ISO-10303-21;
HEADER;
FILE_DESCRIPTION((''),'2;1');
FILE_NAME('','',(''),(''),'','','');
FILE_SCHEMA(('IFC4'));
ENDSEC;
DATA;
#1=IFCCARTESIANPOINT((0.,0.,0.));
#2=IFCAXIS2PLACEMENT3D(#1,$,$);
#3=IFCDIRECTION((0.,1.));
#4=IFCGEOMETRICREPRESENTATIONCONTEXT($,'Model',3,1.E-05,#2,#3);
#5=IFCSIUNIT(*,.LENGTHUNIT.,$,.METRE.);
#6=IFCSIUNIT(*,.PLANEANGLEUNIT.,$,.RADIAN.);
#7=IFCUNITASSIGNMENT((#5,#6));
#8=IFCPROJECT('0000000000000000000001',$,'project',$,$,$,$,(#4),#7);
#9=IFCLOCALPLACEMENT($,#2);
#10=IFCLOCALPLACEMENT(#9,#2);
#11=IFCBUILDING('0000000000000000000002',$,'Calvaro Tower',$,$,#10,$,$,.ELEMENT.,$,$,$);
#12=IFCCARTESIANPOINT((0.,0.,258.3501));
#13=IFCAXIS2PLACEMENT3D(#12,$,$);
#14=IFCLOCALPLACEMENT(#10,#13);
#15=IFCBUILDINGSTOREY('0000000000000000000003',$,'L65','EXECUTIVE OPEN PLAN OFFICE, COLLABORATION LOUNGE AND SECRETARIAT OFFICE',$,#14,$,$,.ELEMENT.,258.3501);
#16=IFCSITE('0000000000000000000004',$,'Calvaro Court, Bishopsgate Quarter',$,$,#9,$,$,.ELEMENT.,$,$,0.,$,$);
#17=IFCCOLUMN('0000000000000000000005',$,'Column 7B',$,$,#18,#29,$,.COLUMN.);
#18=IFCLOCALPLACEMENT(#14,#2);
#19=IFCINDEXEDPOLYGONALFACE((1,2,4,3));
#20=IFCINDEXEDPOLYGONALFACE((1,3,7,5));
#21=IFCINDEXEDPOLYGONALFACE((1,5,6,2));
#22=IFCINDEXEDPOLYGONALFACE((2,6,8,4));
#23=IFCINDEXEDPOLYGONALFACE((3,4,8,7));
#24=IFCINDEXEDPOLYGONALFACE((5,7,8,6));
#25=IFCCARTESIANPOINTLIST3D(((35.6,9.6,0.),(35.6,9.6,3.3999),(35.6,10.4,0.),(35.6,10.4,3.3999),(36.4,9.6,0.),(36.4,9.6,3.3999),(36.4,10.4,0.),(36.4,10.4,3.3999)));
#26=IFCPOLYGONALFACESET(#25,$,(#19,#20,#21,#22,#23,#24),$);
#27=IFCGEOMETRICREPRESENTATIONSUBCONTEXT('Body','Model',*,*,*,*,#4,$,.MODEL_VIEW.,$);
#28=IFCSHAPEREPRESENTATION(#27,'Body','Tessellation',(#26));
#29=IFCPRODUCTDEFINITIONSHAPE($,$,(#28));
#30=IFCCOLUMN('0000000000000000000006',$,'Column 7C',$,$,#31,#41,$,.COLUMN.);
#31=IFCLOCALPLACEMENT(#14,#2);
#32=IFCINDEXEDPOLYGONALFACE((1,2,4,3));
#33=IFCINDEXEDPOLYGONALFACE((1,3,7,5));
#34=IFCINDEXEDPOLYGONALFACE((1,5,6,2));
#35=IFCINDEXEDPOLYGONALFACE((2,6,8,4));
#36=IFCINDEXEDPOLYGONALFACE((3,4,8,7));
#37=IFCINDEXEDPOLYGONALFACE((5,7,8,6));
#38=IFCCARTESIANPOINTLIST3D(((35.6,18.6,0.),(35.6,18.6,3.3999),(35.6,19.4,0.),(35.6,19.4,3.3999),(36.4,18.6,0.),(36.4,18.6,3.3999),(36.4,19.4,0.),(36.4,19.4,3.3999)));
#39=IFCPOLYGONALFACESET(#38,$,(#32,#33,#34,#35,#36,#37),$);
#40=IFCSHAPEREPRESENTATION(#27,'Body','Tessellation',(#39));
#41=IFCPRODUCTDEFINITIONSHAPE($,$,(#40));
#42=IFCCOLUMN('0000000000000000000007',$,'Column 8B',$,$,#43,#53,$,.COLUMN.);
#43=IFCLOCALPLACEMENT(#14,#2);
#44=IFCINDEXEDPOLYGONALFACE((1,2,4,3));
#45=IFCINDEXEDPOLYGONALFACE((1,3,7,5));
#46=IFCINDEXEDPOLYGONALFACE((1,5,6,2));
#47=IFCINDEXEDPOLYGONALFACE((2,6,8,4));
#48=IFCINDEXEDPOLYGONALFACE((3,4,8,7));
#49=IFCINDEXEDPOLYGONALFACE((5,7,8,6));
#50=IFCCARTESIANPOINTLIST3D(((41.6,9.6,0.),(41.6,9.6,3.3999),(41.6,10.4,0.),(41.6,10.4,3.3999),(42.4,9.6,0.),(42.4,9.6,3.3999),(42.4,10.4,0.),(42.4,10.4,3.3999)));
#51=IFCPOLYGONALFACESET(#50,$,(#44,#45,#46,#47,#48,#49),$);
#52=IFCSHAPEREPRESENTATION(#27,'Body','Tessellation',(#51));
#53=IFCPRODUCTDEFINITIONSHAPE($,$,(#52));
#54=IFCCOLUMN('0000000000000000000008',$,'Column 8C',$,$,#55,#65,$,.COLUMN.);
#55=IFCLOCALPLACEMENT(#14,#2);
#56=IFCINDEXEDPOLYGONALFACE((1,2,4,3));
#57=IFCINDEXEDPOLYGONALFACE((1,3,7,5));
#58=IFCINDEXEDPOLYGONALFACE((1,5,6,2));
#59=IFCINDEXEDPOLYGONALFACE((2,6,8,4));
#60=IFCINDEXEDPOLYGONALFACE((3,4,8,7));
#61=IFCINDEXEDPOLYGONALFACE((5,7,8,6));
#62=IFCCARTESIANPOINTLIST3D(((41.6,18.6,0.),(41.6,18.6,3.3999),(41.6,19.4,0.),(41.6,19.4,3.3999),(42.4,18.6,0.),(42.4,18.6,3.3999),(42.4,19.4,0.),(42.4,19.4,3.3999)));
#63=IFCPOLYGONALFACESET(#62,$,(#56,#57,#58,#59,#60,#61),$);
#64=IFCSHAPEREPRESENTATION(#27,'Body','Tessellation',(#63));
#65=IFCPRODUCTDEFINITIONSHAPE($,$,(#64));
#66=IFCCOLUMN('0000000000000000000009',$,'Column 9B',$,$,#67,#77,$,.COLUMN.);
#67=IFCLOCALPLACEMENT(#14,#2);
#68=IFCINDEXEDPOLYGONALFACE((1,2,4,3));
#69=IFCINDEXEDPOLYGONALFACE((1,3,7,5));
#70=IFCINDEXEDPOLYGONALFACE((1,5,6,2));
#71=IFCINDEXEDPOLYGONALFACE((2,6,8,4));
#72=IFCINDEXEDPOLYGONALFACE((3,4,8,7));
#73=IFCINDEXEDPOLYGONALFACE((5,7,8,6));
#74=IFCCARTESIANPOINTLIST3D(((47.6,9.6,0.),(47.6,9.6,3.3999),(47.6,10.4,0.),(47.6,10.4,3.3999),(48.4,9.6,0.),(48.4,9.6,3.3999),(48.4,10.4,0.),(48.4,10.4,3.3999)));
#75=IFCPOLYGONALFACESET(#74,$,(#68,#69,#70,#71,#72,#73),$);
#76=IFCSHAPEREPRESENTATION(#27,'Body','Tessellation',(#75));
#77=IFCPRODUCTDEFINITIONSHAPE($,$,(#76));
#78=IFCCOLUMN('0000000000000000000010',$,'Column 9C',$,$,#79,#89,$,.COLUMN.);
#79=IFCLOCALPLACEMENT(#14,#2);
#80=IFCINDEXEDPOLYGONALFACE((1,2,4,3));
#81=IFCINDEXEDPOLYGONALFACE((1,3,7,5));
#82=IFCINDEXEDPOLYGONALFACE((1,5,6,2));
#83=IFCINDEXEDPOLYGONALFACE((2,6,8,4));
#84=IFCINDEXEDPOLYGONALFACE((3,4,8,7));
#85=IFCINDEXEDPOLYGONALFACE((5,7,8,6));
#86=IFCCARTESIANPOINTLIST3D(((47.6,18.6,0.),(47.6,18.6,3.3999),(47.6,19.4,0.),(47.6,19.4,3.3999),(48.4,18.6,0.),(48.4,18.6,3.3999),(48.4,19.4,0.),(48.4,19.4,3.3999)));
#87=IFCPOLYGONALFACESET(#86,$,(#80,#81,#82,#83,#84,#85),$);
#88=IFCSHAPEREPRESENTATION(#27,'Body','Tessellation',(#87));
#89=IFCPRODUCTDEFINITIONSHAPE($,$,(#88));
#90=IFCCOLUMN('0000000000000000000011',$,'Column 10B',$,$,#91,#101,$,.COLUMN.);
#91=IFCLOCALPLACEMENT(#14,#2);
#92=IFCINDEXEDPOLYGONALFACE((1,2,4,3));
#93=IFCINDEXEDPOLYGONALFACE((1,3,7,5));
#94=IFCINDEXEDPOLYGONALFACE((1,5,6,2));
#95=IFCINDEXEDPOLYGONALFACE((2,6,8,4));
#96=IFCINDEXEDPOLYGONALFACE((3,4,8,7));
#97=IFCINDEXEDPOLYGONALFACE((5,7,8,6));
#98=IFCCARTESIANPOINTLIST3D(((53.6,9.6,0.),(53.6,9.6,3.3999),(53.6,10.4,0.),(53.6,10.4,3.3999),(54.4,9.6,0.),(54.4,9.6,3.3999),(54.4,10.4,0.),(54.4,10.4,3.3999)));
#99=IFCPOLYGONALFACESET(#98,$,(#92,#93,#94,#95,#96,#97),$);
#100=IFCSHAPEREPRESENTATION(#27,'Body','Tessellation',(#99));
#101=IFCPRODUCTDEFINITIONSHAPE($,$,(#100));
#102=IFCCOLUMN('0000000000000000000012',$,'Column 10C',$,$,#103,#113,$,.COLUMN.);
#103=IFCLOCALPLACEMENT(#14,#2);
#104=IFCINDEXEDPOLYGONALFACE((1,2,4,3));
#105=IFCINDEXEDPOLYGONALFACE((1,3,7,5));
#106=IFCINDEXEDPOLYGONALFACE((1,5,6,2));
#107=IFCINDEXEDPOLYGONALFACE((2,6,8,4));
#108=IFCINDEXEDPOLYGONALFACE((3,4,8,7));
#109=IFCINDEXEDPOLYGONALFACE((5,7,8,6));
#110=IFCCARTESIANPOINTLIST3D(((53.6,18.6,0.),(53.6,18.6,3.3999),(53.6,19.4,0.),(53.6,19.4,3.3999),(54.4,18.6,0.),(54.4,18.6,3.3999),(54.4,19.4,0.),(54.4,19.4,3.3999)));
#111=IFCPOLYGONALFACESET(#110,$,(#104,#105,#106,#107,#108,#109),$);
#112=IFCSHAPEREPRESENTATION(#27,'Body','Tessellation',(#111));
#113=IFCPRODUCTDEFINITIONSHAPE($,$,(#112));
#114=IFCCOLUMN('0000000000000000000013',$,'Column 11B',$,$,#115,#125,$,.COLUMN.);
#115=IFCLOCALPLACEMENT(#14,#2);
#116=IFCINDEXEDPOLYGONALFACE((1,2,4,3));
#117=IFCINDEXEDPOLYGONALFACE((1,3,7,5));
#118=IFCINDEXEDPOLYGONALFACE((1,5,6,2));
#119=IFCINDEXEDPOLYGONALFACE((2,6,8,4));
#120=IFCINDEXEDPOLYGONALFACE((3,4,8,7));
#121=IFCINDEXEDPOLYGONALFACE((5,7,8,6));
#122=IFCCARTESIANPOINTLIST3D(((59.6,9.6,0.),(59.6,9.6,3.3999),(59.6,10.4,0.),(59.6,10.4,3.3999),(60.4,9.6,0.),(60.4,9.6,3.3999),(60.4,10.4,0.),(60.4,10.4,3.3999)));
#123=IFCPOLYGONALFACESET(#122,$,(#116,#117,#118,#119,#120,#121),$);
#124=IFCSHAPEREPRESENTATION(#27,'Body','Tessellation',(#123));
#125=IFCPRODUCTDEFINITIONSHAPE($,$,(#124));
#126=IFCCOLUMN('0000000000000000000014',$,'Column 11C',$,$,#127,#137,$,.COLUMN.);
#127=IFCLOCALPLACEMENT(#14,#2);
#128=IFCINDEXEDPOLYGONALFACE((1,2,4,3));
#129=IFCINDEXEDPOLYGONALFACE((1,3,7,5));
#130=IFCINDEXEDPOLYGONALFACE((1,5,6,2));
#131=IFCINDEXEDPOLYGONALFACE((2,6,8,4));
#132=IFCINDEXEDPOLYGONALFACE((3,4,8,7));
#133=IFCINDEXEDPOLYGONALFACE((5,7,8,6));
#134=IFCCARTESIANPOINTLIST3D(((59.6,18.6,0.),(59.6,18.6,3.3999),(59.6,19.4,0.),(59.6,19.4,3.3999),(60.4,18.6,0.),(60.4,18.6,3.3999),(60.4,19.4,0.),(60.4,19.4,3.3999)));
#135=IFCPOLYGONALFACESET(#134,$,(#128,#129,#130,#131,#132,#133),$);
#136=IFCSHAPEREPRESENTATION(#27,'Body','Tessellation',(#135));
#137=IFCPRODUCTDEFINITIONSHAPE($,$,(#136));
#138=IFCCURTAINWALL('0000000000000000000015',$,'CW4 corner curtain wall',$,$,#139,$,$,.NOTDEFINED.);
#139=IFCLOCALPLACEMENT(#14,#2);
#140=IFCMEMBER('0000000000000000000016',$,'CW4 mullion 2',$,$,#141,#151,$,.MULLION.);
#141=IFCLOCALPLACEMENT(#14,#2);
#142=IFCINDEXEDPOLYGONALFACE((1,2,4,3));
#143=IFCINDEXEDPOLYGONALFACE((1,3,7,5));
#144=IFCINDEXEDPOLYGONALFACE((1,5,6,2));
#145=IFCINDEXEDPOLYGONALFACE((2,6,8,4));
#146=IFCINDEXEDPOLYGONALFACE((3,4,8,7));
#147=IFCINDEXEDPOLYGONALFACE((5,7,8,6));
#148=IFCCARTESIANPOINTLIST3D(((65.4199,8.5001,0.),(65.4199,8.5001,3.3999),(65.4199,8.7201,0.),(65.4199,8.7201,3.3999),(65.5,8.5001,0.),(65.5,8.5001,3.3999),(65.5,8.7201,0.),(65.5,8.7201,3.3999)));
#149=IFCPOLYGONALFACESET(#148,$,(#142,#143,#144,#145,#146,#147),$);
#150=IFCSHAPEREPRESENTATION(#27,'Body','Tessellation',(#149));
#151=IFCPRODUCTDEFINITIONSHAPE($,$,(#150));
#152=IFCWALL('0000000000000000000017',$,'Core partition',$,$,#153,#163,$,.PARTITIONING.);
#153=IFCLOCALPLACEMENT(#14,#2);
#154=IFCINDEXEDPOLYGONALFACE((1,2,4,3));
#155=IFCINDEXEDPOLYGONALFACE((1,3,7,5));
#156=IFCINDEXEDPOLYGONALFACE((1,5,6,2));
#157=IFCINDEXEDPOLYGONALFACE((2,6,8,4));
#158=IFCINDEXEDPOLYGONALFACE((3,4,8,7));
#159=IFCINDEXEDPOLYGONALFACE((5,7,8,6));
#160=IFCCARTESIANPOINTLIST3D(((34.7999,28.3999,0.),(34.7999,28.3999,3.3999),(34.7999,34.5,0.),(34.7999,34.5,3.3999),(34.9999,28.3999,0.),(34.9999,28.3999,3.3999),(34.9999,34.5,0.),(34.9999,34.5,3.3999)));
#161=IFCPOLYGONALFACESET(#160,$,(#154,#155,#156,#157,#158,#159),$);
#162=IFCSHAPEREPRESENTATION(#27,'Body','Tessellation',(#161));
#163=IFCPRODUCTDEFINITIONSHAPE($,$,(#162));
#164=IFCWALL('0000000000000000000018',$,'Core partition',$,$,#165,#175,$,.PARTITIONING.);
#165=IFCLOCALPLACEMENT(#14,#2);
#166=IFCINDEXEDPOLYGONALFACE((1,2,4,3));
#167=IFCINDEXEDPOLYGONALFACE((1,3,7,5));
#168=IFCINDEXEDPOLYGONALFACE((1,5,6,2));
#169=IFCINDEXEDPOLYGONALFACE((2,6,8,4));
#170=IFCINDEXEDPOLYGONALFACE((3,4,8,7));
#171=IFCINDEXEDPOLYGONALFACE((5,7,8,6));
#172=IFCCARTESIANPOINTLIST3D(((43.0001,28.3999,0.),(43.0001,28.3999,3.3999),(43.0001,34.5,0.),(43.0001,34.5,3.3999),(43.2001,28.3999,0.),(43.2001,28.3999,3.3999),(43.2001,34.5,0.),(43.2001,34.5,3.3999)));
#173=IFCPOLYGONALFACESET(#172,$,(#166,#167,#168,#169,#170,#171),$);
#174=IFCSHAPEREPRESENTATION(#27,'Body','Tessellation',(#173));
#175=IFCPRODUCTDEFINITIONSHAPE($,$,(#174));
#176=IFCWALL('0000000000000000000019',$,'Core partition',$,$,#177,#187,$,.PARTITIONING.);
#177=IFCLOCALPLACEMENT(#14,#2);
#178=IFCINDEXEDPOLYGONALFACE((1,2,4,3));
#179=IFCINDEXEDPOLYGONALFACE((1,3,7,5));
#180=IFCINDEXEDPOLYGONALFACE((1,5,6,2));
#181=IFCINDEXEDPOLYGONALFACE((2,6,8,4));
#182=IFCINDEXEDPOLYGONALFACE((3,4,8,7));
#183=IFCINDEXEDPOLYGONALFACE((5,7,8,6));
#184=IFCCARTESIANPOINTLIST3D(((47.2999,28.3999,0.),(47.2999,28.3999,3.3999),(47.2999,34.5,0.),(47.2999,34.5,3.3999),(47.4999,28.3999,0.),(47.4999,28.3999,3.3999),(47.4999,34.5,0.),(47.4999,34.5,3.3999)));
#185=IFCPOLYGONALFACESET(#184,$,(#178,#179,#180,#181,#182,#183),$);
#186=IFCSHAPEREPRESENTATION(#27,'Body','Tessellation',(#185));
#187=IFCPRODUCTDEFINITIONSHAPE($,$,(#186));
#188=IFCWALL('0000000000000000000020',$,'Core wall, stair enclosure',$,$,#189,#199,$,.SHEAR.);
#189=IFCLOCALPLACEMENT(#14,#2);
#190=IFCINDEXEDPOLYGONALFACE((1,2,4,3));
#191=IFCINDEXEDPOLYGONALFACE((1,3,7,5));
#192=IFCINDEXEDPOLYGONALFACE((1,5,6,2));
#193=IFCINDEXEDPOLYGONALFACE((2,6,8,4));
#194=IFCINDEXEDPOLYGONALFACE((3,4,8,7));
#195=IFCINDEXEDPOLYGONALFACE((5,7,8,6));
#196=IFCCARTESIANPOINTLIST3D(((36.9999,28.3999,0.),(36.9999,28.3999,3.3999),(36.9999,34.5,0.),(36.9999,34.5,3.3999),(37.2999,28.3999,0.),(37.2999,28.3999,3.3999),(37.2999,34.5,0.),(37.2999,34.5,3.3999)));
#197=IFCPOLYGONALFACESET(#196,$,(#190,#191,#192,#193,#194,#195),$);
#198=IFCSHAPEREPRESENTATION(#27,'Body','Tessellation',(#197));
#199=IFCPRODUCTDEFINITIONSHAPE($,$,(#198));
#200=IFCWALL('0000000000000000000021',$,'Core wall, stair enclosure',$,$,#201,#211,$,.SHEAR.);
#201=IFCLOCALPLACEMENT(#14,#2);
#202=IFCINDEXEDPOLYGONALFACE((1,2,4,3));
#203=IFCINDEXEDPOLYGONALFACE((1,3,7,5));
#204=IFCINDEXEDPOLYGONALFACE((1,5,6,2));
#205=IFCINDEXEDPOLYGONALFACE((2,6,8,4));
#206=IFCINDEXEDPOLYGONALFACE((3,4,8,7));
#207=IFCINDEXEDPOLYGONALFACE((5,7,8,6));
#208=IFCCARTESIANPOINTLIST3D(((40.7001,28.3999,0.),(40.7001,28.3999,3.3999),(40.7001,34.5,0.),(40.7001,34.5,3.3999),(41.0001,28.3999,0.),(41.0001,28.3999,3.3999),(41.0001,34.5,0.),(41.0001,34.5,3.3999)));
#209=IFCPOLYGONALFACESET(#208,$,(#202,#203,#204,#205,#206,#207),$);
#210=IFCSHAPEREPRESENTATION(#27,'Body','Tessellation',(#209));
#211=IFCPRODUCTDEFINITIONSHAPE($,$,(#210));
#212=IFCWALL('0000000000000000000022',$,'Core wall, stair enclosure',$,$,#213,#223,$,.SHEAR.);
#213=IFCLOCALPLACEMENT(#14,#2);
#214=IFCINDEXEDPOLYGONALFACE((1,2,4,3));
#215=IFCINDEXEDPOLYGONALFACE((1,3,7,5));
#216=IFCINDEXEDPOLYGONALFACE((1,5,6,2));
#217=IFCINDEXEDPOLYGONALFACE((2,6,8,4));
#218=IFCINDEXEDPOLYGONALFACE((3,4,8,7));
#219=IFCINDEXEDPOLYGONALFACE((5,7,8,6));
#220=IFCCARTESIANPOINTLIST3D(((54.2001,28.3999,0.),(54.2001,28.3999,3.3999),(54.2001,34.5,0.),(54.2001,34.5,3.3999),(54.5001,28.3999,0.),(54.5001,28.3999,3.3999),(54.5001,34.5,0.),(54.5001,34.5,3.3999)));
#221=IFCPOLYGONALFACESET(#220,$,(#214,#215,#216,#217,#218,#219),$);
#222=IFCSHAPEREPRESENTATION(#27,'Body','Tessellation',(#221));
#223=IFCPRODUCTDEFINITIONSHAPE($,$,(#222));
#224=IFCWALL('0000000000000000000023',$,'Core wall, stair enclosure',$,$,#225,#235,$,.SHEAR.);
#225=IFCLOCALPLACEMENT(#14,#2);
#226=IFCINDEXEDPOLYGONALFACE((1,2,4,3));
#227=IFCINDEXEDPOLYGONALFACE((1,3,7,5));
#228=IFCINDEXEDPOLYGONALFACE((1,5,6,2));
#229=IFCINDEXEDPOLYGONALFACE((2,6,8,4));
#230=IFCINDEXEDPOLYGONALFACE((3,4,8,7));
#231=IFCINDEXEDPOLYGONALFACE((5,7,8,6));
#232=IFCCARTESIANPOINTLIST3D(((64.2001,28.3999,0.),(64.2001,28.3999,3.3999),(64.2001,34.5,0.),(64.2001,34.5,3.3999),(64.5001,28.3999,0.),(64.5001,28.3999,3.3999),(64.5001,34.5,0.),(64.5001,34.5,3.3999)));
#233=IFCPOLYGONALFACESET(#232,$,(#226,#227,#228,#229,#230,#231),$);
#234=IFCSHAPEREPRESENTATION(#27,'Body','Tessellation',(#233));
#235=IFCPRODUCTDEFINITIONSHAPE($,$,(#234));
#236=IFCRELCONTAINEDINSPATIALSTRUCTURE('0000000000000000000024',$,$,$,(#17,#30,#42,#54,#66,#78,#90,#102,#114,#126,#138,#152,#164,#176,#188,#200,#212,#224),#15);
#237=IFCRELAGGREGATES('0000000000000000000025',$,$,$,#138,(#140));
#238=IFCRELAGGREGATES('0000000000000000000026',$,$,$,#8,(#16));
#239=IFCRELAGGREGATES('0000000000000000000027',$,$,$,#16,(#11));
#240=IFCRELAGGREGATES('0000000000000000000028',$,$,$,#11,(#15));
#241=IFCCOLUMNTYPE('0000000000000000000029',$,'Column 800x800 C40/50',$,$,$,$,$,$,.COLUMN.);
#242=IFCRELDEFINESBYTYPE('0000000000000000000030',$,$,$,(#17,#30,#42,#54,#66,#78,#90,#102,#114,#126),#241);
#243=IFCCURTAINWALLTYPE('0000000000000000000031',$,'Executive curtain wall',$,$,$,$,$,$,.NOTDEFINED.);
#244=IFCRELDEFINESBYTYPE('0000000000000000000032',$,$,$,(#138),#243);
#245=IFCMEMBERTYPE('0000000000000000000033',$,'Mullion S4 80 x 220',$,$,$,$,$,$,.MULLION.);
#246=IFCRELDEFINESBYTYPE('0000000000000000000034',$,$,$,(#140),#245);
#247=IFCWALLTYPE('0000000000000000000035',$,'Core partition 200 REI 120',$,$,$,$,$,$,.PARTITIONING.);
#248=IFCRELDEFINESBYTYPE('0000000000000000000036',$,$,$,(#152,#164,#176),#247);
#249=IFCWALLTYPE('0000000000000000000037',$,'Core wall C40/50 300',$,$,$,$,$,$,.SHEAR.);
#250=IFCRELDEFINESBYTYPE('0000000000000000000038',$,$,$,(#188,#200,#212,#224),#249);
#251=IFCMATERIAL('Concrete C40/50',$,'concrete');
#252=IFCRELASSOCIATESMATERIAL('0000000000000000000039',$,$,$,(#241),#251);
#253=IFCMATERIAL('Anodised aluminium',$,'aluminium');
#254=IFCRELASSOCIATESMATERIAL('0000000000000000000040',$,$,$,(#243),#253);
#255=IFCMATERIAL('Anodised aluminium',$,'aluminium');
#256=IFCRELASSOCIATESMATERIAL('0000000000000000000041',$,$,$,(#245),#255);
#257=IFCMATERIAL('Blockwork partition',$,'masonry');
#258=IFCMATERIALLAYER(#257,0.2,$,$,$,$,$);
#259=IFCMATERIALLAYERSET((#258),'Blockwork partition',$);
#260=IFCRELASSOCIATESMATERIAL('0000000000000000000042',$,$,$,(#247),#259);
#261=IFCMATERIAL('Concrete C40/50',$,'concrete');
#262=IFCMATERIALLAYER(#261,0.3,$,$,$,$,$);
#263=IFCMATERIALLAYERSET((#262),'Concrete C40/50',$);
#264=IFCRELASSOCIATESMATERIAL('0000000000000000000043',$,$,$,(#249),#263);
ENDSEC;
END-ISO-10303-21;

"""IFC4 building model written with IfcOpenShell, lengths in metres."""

from ifc_helpers import new_model, si_unit, direction, frame, frame_2d, origin, origin_2d, place, context, subcontext, project, spatial, rectangle, extrude, material, layer, layer_set, material_profile, profile_set, type_object, element, aggregate, save


model = new_model("IFC4")

# Units and contexts
model_context = context("Model", 3, precision=1e-05, world=origin(), true_north=direction((0.0, 1.0)))
body_context = subcontext(model_context, "Body", "Model", "MODEL_VIEW")
ifc_project = project(units=[si_unit("LENGTHUNIT", "METRE"), si_unit("PLANEANGLEUNIT", "RADIAN")], contexts=[model_context])

# Site, building, storey
site_placement = place(None, origin())
site = spatial("IfcSite", under=ifc_project, at=site_placement, Name="Calvaro Court, Bishopsgate Quarter", CompositionType="ELEMENT", RefElevation=0.0)
building_placement = place(site_placement, origin())
building = spatial("IfcBuilding", under=site, at=building_placement, Name="Calvaro Tower", CompositionType="ELEMENT")
storey_placement = place(building_placement, frame((0.0, 0.0, 258.3501)))
storey = spatial("IfcBuildingStorey", under=building, at=storey_placement, Name="L65", Description="EXECUTIVE OPEN PLAN OFFICE, COLLABORATION LOUNGE AND SECRETARIAT OFFICE", CompositionType="ELEMENT", Elevation=258.3501)

# Columns
ifc_material_1 = material(Name="Concrete C40/50", Category="concrete")
ifc_material_profile_1 = material_profile(ifc_material_1, rectangle(XDim=0.8, YDim=0.8, at=origin_2d()), Name="RC 800x800")
ifc_profile_set_1 = profile_set([ifc_material_profile_1], Name="Concrete C40/50")
column_type = type_object("IfcColumnType", Name="Column 800x800 C40/50", PredefinedType="COLUMN", material=ifc_profile_set_1)
for number, where, z_axis, x_axis, name in (
    (1, (36.0, 10.0, 0.0), (0.0, 0.0, 1.0), (1.0, 0.0, 0.0), "Column 7B"),
    (2, (36.0, 19.0, 0.0), (0.0, 0.0, 1.0), (1.0, 0.0, 0.0), "Column 7C"),
    (3, (42.0, 10.0, 0.0), (0.0, 0.0, 1.0), (1.0, 0.0, 0.0), "Column 8B"),
    (4, (42.0, 19.0, 0.0), (0.0, 0.0, 1.0), (1.0, 0.0, 0.0), "Column 8C"),
    (5, (48.0, 10.0, 0.0), (0.0, 0.0, 1.0), (1.0, 0.0, 0.0), "Column 9B"),
    (6, (48.0, 19.0, 0.0), (0.0, 0.0, 1.0), (1.0, 0.0, 0.0), "Column 9C"),
    (7, (54.0, 10.0, 0.0), (0.0, 0.0, 1.0), (1.0, 0.0, 0.0), "Column 10B"),
    (8, (54.0, 19.0, 0.0), (0.0, 0.0, 1.0), (1.0, 0.0, 0.0), "Column 10C"),
    (9, (60.0, 10.0, 0.0), (0.0, 0.0, 1.0), (1.0, 0.0, 0.0), "Column 11B"),
    (10, (60.0, 19.0, 0.0), (0.0, 0.0, 1.0), (1.0, 0.0, 0.0), "Column 11C"),
):
    element("IfcColumn", number, at=place(storey_placement, frame(where, z_axis=z_axis, x_axis=x_axis)), inside=storey, type_object=column_type, Name=name, PredefinedType="COLUMN", context=body_context, shape_type="SweptSolid", body=[
        extrude(rectangle(XDim=0.8, YDim=0.8, at=origin_2d()), origin(), (0.0, 0.0, 1.0), 3.3999),
    ])

# Curtain wall, member
ifc_material_2 = material(Name="Anodised aluminium", Category="aluminium")
curtain_wall_type = type_object("IfcCurtainWallType", Name="Executive curtain wall", PredefinedType="NOTDEFINED", material=ifc_material_2)
curtain_wall_placement = place(storey_placement, origin())
curtain_wall = element("IfcCurtainWall", 11, at=curtain_wall_placement, inside=storey, type_object=curtain_wall_type, Name="CW4 corner curtain wall", PredefinedType="NOTDEFINED")
ifc_material_3 = material(Name="Anodised aluminium", Category="aluminium")
ifc_material_profile_2 = material_profile(ifc_material_3, rectangle(XDim=0.22, YDim=0.0801, at=origin_2d()), Name="Mullion S4 80 x 220")
ifc_profile_set_2 = profile_set([ifc_material_profile_2], Name="Anodised aluminium")
member_type = type_object("IfcMemberType", Name="Mullion S4 80 x 220", PredefinedType="MULLION", material=ifc_profile_set_2)
member_placement = place(storey_placement, frame((65.46, 8.6101, 0.0), z_axis=(0.0, 0.0, 1.0), x_axis=(0.0, 1.0, 0.0)))
member = element("IfcMember", 12, at=member_placement, type_object=member_type, Name="CW4 mullion 2", PredefinedType="MULLION", context=body_context, shape_type="SweptSolid", body=[
    extrude(rectangle(XDim=0.22, YDim=0.0801, at=origin_2d()), origin(), (0.0, 0.0, 1.0), 3.3999),
])
aggregate(curtain_wall, [member])

# Walls
ifc_material_4 = material(Name="Blockwork partition", Category="masonry")
ifc_layer_1 = layer(ifc_material_4, 0.2)
ifc_layer_set_1 = layer_set([ifc_layer_1], Name="Blockwork partition")
wall_type_1 = type_object("IfcWallType", Name="Core partition 200 REI 120", PredefinedType="PARTITIONING", material=ifc_layer_set_1)
for number, where, z_axis, x_axis, name in (
    (13, (34.8999, 28.3999, 0.0), (0.0, 0.0, 1.0), (0.0, 1.0, 0.0), "Core partition"),
    (14, (43.1001, 28.3999, 0.0), (0.0, 0.0, 1.0), (0.0, 1.0, 0.0), "Core partition"),
    (15, (47.3999, 28.3999, 0.0), (0.0, 0.0, 1.0), (0.0, 1.0, 0.0), "Core partition"),
):
    element("IfcWall", number, at=place(storey_placement, frame(where, z_axis=z_axis, x_axis=x_axis)), inside=storey, type_object=wall_type_1, Name=name, PredefinedType="PARTITIONING", context=body_context, shape_type="SweptSolid", body=[
        extrude(rectangle(XDim=6.1001, YDim=0.2, at=frame_2d((3.05, 0.0))), origin(), (0.0, 0.0, 1.0), 3.3999),
    ])
ifc_material_5 = material(Name="Concrete C40/50", Category="concrete")
ifc_layer_2 = layer(ifc_material_5, 0.3)
ifc_layer_set_2 = layer_set([ifc_layer_2], Name="Concrete C40/50")
wall_type_2 = type_object("IfcWallType", Name="Core wall C40/50 300", PredefinedType="SHEAR", material=ifc_layer_set_2)
for number, where, z_axis, x_axis, name in (
    (16, (37.1499, 28.3999, 0.0), (0.0, 0.0, 1.0), (0.0, 1.0, 0.0), "Core wall, stair enclosure"),
    (17, (40.8501, 28.3999, 0.0), (0.0, 0.0, 1.0), (0.0, 1.0, 0.0), "Core wall, stair enclosure"),
    (18, (54.3501, 28.3999, 0.0), (0.0, 0.0, 1.0), (0.0, 1.0, 0.0), "Core wall, stair enclosure"),
    (19, (64.3501, 28.3999, 0.0), (0.0, 0.0, 1.0), (0.0, 1.0, 0.0), "Core wall, stair enclosure"),
):
    element("IfcWall", number, at=place(storey_placement, frame(where, z_axis=z_axis, x_axis=x_axis)), inside=storey, type_object=wall_type_2, Name=name, PredefinedType="SHEAR", context=body_context, shape_type="SweptSolid", body=[
        extrude(rectangle(XDim=6.1001, YDim=0.3, at=frame_2d((3.05, 0.0))), origin(), (0.0, 0.0, 1.0), 3.3999),
    ])

save(model, "model.ifc")
